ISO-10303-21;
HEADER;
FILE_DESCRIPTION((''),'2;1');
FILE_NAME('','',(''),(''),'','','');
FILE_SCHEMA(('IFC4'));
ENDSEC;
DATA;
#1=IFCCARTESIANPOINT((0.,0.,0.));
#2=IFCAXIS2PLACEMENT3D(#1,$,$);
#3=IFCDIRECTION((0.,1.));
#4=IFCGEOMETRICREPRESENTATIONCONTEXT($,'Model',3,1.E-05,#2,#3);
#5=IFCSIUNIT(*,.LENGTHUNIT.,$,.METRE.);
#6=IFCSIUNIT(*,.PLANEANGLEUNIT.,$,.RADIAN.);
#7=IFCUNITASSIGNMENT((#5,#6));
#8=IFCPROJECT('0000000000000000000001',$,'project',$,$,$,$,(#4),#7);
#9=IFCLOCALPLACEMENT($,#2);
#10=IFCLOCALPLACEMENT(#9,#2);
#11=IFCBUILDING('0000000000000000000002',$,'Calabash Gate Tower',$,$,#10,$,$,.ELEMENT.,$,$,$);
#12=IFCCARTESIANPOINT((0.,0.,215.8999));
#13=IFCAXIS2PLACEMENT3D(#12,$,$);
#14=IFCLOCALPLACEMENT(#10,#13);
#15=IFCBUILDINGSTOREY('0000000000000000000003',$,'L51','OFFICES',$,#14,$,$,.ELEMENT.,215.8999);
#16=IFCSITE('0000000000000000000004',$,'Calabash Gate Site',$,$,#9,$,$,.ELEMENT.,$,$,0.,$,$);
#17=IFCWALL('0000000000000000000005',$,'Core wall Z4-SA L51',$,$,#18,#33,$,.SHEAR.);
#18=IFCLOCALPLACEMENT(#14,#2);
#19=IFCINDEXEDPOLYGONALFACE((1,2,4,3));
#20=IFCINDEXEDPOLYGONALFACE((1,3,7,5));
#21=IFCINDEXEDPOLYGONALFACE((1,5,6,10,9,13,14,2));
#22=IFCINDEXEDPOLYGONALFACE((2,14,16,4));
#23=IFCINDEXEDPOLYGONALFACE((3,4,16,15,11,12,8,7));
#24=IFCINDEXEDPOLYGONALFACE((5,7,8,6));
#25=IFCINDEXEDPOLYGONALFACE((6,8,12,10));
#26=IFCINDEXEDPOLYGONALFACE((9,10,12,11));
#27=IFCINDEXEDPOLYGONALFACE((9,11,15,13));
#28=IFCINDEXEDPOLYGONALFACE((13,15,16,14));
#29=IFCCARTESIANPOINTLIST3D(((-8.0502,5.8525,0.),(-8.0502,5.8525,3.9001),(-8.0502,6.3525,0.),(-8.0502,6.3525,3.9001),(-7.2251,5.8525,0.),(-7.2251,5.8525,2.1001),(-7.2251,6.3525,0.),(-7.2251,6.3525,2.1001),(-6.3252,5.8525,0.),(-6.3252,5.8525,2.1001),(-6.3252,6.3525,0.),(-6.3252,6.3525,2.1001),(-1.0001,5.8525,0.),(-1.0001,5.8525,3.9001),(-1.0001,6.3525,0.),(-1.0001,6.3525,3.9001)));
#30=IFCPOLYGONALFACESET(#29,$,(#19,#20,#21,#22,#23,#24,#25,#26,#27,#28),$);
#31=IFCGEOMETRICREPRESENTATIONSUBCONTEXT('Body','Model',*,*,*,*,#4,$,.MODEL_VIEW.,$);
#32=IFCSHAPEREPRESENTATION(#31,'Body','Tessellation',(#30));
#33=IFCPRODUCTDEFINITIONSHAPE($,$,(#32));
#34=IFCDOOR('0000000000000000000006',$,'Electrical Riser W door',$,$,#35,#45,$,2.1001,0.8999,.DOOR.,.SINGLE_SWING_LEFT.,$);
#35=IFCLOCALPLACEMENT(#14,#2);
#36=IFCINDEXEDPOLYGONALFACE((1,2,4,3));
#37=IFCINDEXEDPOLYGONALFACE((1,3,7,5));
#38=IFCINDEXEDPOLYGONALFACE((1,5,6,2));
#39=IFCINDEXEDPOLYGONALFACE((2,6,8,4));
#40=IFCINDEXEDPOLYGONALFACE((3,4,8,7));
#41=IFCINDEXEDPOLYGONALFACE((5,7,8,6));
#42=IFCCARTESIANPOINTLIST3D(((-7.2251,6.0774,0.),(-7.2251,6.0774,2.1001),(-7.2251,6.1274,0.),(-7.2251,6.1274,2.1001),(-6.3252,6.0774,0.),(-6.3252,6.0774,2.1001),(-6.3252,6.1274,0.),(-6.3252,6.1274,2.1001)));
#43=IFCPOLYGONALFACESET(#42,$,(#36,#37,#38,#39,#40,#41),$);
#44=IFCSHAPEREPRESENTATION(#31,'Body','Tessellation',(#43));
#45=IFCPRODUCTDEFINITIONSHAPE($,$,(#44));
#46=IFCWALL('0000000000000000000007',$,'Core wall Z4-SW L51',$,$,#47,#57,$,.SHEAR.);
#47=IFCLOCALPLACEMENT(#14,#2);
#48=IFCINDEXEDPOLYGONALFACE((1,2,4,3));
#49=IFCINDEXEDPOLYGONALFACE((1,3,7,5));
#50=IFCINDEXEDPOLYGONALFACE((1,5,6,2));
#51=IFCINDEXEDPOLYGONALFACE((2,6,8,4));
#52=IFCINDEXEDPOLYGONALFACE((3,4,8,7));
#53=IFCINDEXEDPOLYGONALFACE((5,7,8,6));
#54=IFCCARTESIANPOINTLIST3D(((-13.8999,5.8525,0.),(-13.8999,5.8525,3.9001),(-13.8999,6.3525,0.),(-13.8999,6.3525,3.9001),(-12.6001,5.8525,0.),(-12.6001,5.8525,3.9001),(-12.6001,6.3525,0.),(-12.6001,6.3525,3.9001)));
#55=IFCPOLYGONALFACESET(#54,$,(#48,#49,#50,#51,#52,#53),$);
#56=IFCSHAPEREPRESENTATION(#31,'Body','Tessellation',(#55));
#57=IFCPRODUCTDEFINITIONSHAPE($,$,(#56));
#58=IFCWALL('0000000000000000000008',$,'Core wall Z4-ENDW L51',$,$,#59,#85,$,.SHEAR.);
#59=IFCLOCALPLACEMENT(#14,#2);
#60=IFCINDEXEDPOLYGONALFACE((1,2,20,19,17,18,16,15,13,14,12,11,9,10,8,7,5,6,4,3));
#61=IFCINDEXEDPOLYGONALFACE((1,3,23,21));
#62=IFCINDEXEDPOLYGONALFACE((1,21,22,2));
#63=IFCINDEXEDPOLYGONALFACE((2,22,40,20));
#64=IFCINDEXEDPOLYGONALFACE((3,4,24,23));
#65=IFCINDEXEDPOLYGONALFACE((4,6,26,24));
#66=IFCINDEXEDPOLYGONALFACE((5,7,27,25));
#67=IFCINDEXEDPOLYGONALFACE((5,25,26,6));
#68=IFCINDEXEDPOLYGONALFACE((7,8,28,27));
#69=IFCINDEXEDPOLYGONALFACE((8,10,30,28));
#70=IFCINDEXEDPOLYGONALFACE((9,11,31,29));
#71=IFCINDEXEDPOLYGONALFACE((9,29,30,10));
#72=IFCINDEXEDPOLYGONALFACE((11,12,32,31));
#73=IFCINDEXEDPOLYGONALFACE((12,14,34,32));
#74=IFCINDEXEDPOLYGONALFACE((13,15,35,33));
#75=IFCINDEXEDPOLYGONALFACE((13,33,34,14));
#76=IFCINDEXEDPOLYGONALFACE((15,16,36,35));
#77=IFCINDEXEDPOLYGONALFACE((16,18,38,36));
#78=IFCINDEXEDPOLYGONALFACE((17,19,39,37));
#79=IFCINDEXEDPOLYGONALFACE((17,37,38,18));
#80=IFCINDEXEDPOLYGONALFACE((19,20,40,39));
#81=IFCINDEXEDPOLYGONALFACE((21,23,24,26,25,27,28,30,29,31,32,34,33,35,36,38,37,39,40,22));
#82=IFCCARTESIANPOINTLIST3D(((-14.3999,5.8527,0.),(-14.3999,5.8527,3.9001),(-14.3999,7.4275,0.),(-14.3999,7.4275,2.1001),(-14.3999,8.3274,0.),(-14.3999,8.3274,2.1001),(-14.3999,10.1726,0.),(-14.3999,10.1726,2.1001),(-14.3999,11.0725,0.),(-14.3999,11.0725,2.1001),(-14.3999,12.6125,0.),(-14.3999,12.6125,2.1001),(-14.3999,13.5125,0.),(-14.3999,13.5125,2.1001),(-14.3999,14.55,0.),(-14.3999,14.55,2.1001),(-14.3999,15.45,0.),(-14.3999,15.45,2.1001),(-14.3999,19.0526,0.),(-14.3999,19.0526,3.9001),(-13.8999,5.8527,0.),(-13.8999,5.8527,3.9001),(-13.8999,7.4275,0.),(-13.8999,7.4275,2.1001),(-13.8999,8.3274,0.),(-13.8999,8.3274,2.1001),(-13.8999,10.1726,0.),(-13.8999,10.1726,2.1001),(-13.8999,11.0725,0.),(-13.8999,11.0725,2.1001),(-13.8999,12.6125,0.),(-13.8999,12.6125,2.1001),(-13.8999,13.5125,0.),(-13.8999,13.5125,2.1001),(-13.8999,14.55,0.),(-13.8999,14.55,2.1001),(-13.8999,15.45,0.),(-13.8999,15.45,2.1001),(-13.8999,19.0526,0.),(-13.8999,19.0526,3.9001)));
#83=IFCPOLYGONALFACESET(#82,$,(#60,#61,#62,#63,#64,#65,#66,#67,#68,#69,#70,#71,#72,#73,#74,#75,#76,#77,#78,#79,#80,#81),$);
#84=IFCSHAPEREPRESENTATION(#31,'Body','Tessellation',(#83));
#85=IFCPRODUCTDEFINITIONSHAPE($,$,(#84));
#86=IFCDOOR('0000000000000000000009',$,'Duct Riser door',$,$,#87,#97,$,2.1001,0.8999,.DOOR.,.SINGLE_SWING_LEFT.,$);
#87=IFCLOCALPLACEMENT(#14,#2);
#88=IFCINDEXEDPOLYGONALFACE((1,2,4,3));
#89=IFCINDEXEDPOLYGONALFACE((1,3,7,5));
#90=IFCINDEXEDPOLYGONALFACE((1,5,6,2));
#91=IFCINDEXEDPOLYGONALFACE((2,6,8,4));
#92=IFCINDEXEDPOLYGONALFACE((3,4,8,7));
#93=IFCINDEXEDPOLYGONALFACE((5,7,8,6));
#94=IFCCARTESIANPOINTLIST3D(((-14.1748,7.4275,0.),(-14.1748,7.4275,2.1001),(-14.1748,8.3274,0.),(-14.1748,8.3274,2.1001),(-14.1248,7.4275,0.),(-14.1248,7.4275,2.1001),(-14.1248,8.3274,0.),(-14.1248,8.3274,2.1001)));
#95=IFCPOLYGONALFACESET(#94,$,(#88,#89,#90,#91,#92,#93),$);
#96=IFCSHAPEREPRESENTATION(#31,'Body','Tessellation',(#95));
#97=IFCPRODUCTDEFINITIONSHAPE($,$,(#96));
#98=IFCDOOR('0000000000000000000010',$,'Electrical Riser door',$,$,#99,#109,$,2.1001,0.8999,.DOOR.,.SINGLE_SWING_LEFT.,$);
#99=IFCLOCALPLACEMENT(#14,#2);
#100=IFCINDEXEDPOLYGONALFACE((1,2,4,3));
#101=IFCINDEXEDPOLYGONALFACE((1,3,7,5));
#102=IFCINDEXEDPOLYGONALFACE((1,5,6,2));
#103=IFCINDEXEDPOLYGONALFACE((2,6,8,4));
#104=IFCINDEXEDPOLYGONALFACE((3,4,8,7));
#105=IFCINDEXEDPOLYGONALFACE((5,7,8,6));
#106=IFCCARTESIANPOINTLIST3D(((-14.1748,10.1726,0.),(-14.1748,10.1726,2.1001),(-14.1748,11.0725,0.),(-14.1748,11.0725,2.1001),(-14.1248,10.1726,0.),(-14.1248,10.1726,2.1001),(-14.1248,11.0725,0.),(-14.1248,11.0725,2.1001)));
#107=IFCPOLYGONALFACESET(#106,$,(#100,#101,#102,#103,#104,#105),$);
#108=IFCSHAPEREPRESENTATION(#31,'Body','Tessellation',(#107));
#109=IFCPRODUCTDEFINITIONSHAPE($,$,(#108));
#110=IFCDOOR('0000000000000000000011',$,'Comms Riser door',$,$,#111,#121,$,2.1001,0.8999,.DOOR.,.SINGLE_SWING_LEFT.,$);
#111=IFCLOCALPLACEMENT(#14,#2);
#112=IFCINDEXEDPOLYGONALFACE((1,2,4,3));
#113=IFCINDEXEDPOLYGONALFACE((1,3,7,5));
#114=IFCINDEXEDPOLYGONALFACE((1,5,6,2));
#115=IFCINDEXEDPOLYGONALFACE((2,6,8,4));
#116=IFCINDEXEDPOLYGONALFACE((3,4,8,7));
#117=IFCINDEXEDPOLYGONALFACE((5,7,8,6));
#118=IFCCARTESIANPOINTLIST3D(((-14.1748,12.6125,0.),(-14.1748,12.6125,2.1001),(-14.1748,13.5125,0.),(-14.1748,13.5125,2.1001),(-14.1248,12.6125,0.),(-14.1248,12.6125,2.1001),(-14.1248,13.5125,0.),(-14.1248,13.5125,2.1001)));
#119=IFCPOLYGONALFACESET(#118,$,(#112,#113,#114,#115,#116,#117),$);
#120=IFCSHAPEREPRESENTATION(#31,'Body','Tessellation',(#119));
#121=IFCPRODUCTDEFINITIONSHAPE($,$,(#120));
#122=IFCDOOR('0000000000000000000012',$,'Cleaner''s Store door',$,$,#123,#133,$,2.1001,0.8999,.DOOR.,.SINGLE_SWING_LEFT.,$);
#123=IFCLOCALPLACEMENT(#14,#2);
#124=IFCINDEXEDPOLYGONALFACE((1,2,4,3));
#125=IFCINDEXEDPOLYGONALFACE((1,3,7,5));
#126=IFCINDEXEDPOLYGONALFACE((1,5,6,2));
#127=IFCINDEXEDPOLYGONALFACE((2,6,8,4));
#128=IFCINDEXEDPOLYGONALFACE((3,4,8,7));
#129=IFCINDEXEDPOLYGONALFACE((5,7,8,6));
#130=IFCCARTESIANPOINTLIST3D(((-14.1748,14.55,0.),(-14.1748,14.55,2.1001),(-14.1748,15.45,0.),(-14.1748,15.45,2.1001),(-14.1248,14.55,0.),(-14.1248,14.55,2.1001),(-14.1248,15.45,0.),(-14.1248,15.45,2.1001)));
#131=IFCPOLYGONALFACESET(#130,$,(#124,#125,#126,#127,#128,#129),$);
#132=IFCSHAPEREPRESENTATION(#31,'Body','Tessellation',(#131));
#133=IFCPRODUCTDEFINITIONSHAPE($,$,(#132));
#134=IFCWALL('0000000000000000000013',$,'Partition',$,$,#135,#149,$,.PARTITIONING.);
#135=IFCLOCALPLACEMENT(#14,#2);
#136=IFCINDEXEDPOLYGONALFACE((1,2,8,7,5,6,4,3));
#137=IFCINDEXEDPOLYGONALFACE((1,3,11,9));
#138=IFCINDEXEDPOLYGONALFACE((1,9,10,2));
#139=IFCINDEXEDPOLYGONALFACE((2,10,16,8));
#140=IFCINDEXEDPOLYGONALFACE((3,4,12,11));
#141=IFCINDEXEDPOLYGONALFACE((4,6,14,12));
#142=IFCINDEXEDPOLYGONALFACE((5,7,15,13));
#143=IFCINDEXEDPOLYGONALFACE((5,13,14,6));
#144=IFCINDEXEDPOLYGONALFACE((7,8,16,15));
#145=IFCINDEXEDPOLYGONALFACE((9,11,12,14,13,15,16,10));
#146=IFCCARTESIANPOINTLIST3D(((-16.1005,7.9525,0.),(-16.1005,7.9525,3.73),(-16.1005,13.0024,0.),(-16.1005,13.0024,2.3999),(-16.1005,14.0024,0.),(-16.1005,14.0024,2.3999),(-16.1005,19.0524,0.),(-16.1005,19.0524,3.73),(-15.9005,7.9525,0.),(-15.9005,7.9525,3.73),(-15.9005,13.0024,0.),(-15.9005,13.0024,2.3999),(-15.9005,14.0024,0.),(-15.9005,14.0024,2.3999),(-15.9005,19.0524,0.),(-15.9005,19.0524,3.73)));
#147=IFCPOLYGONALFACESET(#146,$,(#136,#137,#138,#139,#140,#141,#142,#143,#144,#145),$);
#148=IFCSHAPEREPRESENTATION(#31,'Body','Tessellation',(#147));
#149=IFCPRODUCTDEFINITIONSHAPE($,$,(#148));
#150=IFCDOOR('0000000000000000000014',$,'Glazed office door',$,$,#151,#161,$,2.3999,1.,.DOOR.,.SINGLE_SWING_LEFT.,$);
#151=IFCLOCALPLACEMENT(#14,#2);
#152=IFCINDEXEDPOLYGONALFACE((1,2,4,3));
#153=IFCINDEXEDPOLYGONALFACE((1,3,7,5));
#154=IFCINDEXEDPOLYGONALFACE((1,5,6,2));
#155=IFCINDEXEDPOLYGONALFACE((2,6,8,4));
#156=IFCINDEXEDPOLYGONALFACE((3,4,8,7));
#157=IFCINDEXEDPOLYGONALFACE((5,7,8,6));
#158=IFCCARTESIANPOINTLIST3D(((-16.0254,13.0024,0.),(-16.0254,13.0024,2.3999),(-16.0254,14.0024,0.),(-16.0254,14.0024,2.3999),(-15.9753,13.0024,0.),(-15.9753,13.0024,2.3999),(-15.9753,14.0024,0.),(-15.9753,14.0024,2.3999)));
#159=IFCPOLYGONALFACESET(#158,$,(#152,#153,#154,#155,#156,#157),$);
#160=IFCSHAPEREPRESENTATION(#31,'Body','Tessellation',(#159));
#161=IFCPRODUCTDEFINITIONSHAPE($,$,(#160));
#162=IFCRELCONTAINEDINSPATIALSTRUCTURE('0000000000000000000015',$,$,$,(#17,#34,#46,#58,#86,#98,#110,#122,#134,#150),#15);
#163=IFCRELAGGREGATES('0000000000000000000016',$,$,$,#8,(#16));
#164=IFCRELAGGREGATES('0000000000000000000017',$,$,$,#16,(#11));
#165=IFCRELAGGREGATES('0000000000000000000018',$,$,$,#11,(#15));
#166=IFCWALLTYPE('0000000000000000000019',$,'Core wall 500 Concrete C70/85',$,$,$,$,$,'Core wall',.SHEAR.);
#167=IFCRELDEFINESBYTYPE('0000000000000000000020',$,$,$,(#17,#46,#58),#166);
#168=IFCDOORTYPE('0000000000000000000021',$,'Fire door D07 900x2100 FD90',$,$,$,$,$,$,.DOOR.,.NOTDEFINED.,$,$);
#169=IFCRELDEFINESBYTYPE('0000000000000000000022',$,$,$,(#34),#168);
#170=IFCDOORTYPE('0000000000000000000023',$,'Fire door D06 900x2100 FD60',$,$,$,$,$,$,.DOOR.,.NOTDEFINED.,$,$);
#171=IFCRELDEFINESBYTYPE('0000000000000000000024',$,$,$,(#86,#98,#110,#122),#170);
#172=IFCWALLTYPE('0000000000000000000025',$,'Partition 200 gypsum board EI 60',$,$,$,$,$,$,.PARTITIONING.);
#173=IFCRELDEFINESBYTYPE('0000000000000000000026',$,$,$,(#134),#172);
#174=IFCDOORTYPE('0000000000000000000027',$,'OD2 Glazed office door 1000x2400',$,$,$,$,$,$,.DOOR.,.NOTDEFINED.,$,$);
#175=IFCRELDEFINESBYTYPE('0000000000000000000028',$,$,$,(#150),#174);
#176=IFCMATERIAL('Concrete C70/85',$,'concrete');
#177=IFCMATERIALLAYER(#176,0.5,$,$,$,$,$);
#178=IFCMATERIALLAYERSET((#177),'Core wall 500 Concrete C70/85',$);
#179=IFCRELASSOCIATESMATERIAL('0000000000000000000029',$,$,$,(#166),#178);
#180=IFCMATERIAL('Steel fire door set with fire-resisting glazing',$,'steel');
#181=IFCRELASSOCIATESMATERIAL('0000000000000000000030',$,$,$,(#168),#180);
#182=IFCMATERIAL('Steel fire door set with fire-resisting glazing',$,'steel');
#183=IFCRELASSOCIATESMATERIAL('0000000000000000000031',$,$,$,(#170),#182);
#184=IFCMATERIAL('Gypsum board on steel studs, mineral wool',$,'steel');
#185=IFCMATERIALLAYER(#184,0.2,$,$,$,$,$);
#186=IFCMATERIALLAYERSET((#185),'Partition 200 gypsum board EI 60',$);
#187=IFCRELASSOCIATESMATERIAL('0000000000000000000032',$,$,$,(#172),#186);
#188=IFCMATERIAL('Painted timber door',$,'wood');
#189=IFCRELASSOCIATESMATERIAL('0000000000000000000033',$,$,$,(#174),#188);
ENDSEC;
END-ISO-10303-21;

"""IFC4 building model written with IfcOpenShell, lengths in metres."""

from ifc_helpers import new_model, si_unit, direction, frame, frame_2d, origin, place, context, subcontext, project, spatial, rectangle, extrude, material, layer, layer_set, type_object, element, fill, save


model = new_model("IFC4")

# Units and contexts
model_context = context("Model", 3, precision=1e-05, world=origin(), true_north=direction((0.0, 1.0)))
body_context = subcontext(model_context, "Body", "Model", "MODEL_VIEW")
ifc_project = project(units=[si_unit("LENGTHUNIT", "METRE"), si_unit("PLANEANGLEUNIT", "RADIAN")], contexts=[model_context])

# Site, building, storey
site_placement = place(None, origin())
site = spatial("IfcSite", under=ifc_project, at=site_placement, Name="Calabash Gate Site", CompositionType="ELEMENT", RefElevation=0.0)
building_placement = place(site_placement, origin())
building = spatial("IfcBuilding", under=site, at=building_placement, Name="Calabash Gate Tower", CompositionType="ELEMENT")
storey_placement = place(building_placement, frame((0.0, 0.0, 215.8999)))
storey = spatial("IfcBuildingStorey", under=building, at=storey_placement, Name="L51", Description="OFFICES", CompositionType="ELEMENT", Elevation=215.8999)

# Shared definitions
ifc_material_1 = material(Name="Concrete C70/85", Category="concrete")
ifc_layer_1 = layer(ifc_material_1, 0.5)
ifc_layer_set_1 = layer_set([ifc_layer_1], Name="Core wall 500 Concrete C70/85")
wall_type_1 = type_object("IfcWallType", Name="Core wall 500 Concrete C70/85", ElementType="Core wall", PredefinedType="SHEAR", material=ifc_layer_set_1)

# Wall, opening, door
wall_1_placement = place(storey_placement, frame((-8.05, 6.1025, 0.0), z_axis=(0.0, 0.0, 1.0), x_axis=(1.0, 0.0, 0.0)))
wall_1 = element("IfcWall", 1, at=wall_1_placement, inside=storey, type_object=wall_type_1, Name="Core wall Z4-SA L51", PredefinedType="SHEAR", context=body_context, shape_type="SweptSolid", body=[
    extrude(rectangle(XDim=7.05, YDim=0.5, at=frame_2d((3.5249, 0.0))), origin(), (0.0, 0.0, 1.0), 3.9001),
])
opening_1_placement = place(wall_1_placement, frame((0.825, 0.0, 0.0)))
opening_1 = element("IfcOpeningElement", 2, at=opening_1_placement, cuts=wall_1, PredefinedType="OPENING", context=body_context, shape_type="SweptSolid", body=[
    extrude(rectangle(XDim=0.8999, YDim=2.1001, at=frame_2d((0.45, 1.05))), frame((0.0, 0.26, 0.0), z_axis=(0.0, -1.0, 0.0), x_axis=(1.0, 0.0, 0.0)), (0.0, 0.0, 1.0), 0.52),
])
ifc_material_2 = material(Name="Steel fire door set with fire-resisting glazing", Category="steel")
door_type_1 = type_object("IfcDoorType", Name="Fire door D07 900x2100 FD90", OperationType="NOTDEFINED", PredefinedType="DOOR", material=ifc_material_2)
door_1_placement = place(opening_1_placement, origin())
door_1 = element("IfcDoor", 3, at=door_1_placement, inside=storey, type_object=door_type_1, Name="Electrical Riser W door", OperationType="SINGLE_SWING_LEFT", OverallHeight=2.1001, OverallWidth=0.8999, PredefinedType="DOOR", context=body_context, shape_type="SweptSolid", body=[
    extrude(rectangle(XDim=0.8999, YDim=2.1001, at=frame_2d((0.45, 1.05))), frame((0.0, 0.0249, 0.0), z_axis=(0.0, -1.0, 0.0), x_axis=(1.0, 0.0, 0.0)), (0.0, 0.0, 1.0), 0.05),
])
fill(opening_1, door_1)

# Wall
wall_2_placement = place(storey_placement, frame((-12.6001, 6.1025, 0.0), z_axis=(0.0, 0.0, 1.0), x_axis=(-1.0, 0.0, 0.0)))
element("IfcWall", 4, at=wall_2_placement, inside=storey, type_object=wall_type_1, Name="Core wall Z4-SW L51", PredefinedType="SHEAR", context=body_context, shape_type="SweptSolid", body=[
    extrude(rectangle(XDim=1.2998, YDim=0.5, at=frame_2d((0.6499, 0.0))), origin(), (0.0, 0.0, 1.0), 3.9001),
])

# Wall, openings, doors
wall_3_placement = place(storey_placement, frame((-14.1499, 5.8525, 0.0), z_axis=(0.0, 0.0, 1.0), x_axis=(0.0, 1.0, 0.0)))
wall_3 = element("IfcWall", 5, at=wall_3_placement, inside=storey, type_object=wall_type_1, Name="Core wall Z4-ENDW L51", PredefinedType="SHEAR", context=body_context, shape_type="SweptSolid", body=[
    extrude(rectangle(XDim=13.2, YDim=0.5, at=frame_2d((6.6001, 0.0))), origin(), (0.0, 0.0, 1.0), 3.9001),
])
opening_2_placement = place(wall_3_placement, frame((1.575, 0.0, 0.0)))
opening_2 = element("IfcOpeningElement", 6, at=opening_2_placement, cuts=wall_3, PredefinedType="OPENING", context=body_context, shape_type="SweptSolid", body=[
    extrude(rectangle(XDim=0.8999, YDim=2.1001, at=frame_2d((0.45, 1.05))), frame((0.0, 0.26, 0.0), z_axis=(0.0, -1.0, 0.0), x_axis=(1.0, 0.0, 0.0)), (0.0, 0.0, 1.0), 0.52),
])
opening_3_placement = place(wall_3_placement, frame((4.3201, 0.0, 0.0)))
opening_3 = element("IfcOpeningElement", 7, at=opening_3_placement, cuts=wall_3, PredefinedType="OPENING", context=body_context, shape_type="SweptSolid", body=[
    extrude(rectangle(XDim=0.8999, YDim=2.1001, at=frame_2d((0.45, 1.05))), frame((0.0, 0.26, 0.0), z_axis=(0.0, -1.0, 0.0), x_axis=(1.0, 0.0, 0.0)), (0.0, 0.0, 1.0), 0.52),
])
opening_4_placement = place(wall_3_placement, frame((6.76, 0.0, 0.0)))
opening_4 = element("IfcOpeningElement", 8, at=opening_4_placement, cuts=wall_3, PredefinedType="OPENING", context=body_context, shape_type="SweptSolid", body=[
    extrude(rectangle(XDim=0.8999, YDim=2.1001, at=frame_2d((0.45, 1.05))), frame((0.0, 0.26, 0.0), z_axis=(0.0, -1.0, 0.0), x_axis=(1.0, 0.0, 0.0)), (0.0, 0.0, 1.0), 0.52),
])
opening_5_placement = place(wall_3_placement, frame((8.6975, 0.0, 0.0)))
opening_5 = element("IfcOpeningElement", 9, at=opening_5_placement, cuts=wall_3, PredefinedType="OPENING", context=body_context, shape_type="SweptSolid", body=[
    extrude(rectangle(XDim=0.8999, YDim=2.1001, at=frame_2d((0.45, 1.05))), frame((0.0, 0.26, 0.0), z_axis=(0.0, -1.0, 0.0), x_axis=(1.0, 0.0, 0.0)), (0.0, 0.0, 1.0), 0.52),
])
ifc_material_3 = material(Name="Steel fire door set with fire-resisting glazing", Category="steel")
door_type_2 = type_object("IfcDoorType", Name="Fire door D06 900x2100 FD60", OperationType="NOTDEFINED", PredefinedType="DOOR", material=ifc_material_3)
door_2_placement = place(opening_2_placement, origin())
door_2 = element("IfcDoor", 10, at=door_2_placement, inside=storey, type_object=door_type_2, Name="Duct Riser door", OperationType="SINGLE_SWING_LEFT", OverallHeight=2.1001, OverallWidth=0.8999, PredefinedType="DOOR", context=body_context, shape_type="SweptSolid", body=[
    extrude(rectangle(XDim=0.8999, YDim=2.1001, at=frame_2d((0.45, 1.05))), frame((0.0, 0.0249, 0.0), z_axis=(0.0, -1.0, 0.0), x_axis=(1.0, 0.0, 0.0)), (0.0, 0.0, 1.0), 0.05),
])
fill(opening_2, door_2)
door_3_placement = place(opening_3_placement, origin())
door_3 = element("IfcDoor", 11, at=door_3_placement, inside=storey, type_object=door_type_2, Name="Electrical Riser door", OperationType="SINGLE_SWING_LEFT", OverallHeight=2.1001, OverallWidth=0.8999, PredefinedType="DOOR", context=body_context, shape_type="SweptSolid", body=[
    extrude(rectangle(XDim=0.8999, YDim=2.1001, at=frame_2d((0.45, 1.05))), frame((0.0, 0.0249, 0.0), z_axis=(0.0, -1.0, 0.0), x_axis=(1.0, 0.0, 0.0)), (0.0, 0.0, 1.0), 0.05),
])
fill(opening_3, door_3)
door_4_placement = place(opening_4_placement, origin())
door_4 = element("IfcDoor", 12, at=door_4_placement, inside=storey, type_object=door_type_2, Name="Comms Riser door", OperationType="SINGLE_SWING_LEFT", OverallHeight=2.1001, OverallWidth=0.8999, PredefinedType="DOOR", context=body_context, shape_type="SweptSolid", body=[
    extrude(rectangle(XDim=0.8999, YDim=2.1001, at=frame_2d((0.45, 1.05))), frame((0.0, 0.0249, 0.0), z_axis=(0.0, -1.0, 0.0), x_axis=(1.0, 0.0, 0.0)), (0.0, 0.0, 1.0), 0.05),
])
fill(opening_4, door_4)
door_5_placement = place(opening_5_placement, origin())
door_5 = element("IfcDoor", 13, at=door_5_placement, inside=storey, type_object=door_type_2, Name="Cleaner's Store door", OperationType="SINGLE_SWING_LEFT", OverallHeight=2.1001, OverallWidth=0.8999, PredefinedType="DOOR", context=body_context, shape_type="SweptSolid", body=[
    extrude(rectangle(XDim=0.8999, YDim=2.1001, at=frame_2d((0.45, 1.05))), frame((0.0, 0.0249, 0.0), z_axis=(0.0, -1.0, 0.0), x_axis=(1.0, 0.0, 0.0)), (0.0, 0.0, 1.0), 0.05),
])
fill(opening_5, door_5)

# Wall, opening, door
ifc_material_4 = material(Name="Gypsum board on steel studs, mineral wool", Category="steel")
ifc_layer_2 = layer(ifc_material_4, 0.2)
ifc_layer_set_2 = layer_set([ifc_layer_2], Name="Partition 200 gypsum board EI 60")
wall_type_2 = type_object("IfcWallType", Name="Partition 200 gypsum board EI 60", PredefinedType="PARTITIONING", material=ifc_layer_set_2)
wall_4_placement = place(storey_placement, frame((-16.0005, 7.9526, 0.0), z_axis=(0.0, 0.0, 1.0), x_axis=(0.0, 1.0, 0.0)))
wall_4 = element("IfcWall", 14, at=wall_4_placement, inside=storey, type_object=wall_type_2, Name="Partition", PredefinedType="PARTITIONING", context=body_context, shape_type="SweptSolid", body=[
    extrude(rectangle(XDim=11.0999, YDim=0.2, at=frame_2d((5.5498, 0.0))), origin(), (0.0, 0.0, 1.0), 3.73),
])
opening_6_placement = place(wall_4_placement, frame((5.0498, 0.0, 0.0)))
opening_6 = element("IfcOpeningElement", 15, at=opening_6_placement, cuts=wall_4, PredefinedType="OPENING", context=body_context, shape_type="SweptSolid", body=[
    extrude(rectangle(XDim=1.0, YDim=2.3999, at=frame_2d((0.5, 1.2))), frame((0.0, 0.1099, 0.0), z_axis=(0.0, -1.0, 0.0), x_axis=(1.0, 0.0, 0.0)), (0.0, 0.0, 1.0), 0.22),
])
ifc_material_5 = material(Name="Painted timber door", Category="wood")
door_type_3 = type_object("IfcDoorType", Name="OD2 Glazed office door 1000x2400", OperationType="NOTDEFINED", PredefinedType="DOOR", material=ifc_material_5)
door_6_placement = place(opening_6_placement, origin())
door_6 = element("IfcDoor", 16, at=door_6_placement, inside=storey, type_object=door_type_3, Name="Glazed office door", OperationType="SINGLE_SWING_LEFT", OverallHeight=2.3999, OverallWidth=1.0, PredefinedType="DOOR", context=body_context, shape_type="SweptSolid", body=[
    extrude(rectangle(XDim=1.0, YDim=2.3999, at=frame_2d((0.5, 1.2))), frame((0.0, 0.0249, 0.0), z_axis=(0.0, -1.0, 0.0), x_axis=(1.0, 0.0, 0.0)), (0.0, 0.0, 1.0), 0.05),
])
fill(opening_6, door_6)

save(model, "model.ifc")
